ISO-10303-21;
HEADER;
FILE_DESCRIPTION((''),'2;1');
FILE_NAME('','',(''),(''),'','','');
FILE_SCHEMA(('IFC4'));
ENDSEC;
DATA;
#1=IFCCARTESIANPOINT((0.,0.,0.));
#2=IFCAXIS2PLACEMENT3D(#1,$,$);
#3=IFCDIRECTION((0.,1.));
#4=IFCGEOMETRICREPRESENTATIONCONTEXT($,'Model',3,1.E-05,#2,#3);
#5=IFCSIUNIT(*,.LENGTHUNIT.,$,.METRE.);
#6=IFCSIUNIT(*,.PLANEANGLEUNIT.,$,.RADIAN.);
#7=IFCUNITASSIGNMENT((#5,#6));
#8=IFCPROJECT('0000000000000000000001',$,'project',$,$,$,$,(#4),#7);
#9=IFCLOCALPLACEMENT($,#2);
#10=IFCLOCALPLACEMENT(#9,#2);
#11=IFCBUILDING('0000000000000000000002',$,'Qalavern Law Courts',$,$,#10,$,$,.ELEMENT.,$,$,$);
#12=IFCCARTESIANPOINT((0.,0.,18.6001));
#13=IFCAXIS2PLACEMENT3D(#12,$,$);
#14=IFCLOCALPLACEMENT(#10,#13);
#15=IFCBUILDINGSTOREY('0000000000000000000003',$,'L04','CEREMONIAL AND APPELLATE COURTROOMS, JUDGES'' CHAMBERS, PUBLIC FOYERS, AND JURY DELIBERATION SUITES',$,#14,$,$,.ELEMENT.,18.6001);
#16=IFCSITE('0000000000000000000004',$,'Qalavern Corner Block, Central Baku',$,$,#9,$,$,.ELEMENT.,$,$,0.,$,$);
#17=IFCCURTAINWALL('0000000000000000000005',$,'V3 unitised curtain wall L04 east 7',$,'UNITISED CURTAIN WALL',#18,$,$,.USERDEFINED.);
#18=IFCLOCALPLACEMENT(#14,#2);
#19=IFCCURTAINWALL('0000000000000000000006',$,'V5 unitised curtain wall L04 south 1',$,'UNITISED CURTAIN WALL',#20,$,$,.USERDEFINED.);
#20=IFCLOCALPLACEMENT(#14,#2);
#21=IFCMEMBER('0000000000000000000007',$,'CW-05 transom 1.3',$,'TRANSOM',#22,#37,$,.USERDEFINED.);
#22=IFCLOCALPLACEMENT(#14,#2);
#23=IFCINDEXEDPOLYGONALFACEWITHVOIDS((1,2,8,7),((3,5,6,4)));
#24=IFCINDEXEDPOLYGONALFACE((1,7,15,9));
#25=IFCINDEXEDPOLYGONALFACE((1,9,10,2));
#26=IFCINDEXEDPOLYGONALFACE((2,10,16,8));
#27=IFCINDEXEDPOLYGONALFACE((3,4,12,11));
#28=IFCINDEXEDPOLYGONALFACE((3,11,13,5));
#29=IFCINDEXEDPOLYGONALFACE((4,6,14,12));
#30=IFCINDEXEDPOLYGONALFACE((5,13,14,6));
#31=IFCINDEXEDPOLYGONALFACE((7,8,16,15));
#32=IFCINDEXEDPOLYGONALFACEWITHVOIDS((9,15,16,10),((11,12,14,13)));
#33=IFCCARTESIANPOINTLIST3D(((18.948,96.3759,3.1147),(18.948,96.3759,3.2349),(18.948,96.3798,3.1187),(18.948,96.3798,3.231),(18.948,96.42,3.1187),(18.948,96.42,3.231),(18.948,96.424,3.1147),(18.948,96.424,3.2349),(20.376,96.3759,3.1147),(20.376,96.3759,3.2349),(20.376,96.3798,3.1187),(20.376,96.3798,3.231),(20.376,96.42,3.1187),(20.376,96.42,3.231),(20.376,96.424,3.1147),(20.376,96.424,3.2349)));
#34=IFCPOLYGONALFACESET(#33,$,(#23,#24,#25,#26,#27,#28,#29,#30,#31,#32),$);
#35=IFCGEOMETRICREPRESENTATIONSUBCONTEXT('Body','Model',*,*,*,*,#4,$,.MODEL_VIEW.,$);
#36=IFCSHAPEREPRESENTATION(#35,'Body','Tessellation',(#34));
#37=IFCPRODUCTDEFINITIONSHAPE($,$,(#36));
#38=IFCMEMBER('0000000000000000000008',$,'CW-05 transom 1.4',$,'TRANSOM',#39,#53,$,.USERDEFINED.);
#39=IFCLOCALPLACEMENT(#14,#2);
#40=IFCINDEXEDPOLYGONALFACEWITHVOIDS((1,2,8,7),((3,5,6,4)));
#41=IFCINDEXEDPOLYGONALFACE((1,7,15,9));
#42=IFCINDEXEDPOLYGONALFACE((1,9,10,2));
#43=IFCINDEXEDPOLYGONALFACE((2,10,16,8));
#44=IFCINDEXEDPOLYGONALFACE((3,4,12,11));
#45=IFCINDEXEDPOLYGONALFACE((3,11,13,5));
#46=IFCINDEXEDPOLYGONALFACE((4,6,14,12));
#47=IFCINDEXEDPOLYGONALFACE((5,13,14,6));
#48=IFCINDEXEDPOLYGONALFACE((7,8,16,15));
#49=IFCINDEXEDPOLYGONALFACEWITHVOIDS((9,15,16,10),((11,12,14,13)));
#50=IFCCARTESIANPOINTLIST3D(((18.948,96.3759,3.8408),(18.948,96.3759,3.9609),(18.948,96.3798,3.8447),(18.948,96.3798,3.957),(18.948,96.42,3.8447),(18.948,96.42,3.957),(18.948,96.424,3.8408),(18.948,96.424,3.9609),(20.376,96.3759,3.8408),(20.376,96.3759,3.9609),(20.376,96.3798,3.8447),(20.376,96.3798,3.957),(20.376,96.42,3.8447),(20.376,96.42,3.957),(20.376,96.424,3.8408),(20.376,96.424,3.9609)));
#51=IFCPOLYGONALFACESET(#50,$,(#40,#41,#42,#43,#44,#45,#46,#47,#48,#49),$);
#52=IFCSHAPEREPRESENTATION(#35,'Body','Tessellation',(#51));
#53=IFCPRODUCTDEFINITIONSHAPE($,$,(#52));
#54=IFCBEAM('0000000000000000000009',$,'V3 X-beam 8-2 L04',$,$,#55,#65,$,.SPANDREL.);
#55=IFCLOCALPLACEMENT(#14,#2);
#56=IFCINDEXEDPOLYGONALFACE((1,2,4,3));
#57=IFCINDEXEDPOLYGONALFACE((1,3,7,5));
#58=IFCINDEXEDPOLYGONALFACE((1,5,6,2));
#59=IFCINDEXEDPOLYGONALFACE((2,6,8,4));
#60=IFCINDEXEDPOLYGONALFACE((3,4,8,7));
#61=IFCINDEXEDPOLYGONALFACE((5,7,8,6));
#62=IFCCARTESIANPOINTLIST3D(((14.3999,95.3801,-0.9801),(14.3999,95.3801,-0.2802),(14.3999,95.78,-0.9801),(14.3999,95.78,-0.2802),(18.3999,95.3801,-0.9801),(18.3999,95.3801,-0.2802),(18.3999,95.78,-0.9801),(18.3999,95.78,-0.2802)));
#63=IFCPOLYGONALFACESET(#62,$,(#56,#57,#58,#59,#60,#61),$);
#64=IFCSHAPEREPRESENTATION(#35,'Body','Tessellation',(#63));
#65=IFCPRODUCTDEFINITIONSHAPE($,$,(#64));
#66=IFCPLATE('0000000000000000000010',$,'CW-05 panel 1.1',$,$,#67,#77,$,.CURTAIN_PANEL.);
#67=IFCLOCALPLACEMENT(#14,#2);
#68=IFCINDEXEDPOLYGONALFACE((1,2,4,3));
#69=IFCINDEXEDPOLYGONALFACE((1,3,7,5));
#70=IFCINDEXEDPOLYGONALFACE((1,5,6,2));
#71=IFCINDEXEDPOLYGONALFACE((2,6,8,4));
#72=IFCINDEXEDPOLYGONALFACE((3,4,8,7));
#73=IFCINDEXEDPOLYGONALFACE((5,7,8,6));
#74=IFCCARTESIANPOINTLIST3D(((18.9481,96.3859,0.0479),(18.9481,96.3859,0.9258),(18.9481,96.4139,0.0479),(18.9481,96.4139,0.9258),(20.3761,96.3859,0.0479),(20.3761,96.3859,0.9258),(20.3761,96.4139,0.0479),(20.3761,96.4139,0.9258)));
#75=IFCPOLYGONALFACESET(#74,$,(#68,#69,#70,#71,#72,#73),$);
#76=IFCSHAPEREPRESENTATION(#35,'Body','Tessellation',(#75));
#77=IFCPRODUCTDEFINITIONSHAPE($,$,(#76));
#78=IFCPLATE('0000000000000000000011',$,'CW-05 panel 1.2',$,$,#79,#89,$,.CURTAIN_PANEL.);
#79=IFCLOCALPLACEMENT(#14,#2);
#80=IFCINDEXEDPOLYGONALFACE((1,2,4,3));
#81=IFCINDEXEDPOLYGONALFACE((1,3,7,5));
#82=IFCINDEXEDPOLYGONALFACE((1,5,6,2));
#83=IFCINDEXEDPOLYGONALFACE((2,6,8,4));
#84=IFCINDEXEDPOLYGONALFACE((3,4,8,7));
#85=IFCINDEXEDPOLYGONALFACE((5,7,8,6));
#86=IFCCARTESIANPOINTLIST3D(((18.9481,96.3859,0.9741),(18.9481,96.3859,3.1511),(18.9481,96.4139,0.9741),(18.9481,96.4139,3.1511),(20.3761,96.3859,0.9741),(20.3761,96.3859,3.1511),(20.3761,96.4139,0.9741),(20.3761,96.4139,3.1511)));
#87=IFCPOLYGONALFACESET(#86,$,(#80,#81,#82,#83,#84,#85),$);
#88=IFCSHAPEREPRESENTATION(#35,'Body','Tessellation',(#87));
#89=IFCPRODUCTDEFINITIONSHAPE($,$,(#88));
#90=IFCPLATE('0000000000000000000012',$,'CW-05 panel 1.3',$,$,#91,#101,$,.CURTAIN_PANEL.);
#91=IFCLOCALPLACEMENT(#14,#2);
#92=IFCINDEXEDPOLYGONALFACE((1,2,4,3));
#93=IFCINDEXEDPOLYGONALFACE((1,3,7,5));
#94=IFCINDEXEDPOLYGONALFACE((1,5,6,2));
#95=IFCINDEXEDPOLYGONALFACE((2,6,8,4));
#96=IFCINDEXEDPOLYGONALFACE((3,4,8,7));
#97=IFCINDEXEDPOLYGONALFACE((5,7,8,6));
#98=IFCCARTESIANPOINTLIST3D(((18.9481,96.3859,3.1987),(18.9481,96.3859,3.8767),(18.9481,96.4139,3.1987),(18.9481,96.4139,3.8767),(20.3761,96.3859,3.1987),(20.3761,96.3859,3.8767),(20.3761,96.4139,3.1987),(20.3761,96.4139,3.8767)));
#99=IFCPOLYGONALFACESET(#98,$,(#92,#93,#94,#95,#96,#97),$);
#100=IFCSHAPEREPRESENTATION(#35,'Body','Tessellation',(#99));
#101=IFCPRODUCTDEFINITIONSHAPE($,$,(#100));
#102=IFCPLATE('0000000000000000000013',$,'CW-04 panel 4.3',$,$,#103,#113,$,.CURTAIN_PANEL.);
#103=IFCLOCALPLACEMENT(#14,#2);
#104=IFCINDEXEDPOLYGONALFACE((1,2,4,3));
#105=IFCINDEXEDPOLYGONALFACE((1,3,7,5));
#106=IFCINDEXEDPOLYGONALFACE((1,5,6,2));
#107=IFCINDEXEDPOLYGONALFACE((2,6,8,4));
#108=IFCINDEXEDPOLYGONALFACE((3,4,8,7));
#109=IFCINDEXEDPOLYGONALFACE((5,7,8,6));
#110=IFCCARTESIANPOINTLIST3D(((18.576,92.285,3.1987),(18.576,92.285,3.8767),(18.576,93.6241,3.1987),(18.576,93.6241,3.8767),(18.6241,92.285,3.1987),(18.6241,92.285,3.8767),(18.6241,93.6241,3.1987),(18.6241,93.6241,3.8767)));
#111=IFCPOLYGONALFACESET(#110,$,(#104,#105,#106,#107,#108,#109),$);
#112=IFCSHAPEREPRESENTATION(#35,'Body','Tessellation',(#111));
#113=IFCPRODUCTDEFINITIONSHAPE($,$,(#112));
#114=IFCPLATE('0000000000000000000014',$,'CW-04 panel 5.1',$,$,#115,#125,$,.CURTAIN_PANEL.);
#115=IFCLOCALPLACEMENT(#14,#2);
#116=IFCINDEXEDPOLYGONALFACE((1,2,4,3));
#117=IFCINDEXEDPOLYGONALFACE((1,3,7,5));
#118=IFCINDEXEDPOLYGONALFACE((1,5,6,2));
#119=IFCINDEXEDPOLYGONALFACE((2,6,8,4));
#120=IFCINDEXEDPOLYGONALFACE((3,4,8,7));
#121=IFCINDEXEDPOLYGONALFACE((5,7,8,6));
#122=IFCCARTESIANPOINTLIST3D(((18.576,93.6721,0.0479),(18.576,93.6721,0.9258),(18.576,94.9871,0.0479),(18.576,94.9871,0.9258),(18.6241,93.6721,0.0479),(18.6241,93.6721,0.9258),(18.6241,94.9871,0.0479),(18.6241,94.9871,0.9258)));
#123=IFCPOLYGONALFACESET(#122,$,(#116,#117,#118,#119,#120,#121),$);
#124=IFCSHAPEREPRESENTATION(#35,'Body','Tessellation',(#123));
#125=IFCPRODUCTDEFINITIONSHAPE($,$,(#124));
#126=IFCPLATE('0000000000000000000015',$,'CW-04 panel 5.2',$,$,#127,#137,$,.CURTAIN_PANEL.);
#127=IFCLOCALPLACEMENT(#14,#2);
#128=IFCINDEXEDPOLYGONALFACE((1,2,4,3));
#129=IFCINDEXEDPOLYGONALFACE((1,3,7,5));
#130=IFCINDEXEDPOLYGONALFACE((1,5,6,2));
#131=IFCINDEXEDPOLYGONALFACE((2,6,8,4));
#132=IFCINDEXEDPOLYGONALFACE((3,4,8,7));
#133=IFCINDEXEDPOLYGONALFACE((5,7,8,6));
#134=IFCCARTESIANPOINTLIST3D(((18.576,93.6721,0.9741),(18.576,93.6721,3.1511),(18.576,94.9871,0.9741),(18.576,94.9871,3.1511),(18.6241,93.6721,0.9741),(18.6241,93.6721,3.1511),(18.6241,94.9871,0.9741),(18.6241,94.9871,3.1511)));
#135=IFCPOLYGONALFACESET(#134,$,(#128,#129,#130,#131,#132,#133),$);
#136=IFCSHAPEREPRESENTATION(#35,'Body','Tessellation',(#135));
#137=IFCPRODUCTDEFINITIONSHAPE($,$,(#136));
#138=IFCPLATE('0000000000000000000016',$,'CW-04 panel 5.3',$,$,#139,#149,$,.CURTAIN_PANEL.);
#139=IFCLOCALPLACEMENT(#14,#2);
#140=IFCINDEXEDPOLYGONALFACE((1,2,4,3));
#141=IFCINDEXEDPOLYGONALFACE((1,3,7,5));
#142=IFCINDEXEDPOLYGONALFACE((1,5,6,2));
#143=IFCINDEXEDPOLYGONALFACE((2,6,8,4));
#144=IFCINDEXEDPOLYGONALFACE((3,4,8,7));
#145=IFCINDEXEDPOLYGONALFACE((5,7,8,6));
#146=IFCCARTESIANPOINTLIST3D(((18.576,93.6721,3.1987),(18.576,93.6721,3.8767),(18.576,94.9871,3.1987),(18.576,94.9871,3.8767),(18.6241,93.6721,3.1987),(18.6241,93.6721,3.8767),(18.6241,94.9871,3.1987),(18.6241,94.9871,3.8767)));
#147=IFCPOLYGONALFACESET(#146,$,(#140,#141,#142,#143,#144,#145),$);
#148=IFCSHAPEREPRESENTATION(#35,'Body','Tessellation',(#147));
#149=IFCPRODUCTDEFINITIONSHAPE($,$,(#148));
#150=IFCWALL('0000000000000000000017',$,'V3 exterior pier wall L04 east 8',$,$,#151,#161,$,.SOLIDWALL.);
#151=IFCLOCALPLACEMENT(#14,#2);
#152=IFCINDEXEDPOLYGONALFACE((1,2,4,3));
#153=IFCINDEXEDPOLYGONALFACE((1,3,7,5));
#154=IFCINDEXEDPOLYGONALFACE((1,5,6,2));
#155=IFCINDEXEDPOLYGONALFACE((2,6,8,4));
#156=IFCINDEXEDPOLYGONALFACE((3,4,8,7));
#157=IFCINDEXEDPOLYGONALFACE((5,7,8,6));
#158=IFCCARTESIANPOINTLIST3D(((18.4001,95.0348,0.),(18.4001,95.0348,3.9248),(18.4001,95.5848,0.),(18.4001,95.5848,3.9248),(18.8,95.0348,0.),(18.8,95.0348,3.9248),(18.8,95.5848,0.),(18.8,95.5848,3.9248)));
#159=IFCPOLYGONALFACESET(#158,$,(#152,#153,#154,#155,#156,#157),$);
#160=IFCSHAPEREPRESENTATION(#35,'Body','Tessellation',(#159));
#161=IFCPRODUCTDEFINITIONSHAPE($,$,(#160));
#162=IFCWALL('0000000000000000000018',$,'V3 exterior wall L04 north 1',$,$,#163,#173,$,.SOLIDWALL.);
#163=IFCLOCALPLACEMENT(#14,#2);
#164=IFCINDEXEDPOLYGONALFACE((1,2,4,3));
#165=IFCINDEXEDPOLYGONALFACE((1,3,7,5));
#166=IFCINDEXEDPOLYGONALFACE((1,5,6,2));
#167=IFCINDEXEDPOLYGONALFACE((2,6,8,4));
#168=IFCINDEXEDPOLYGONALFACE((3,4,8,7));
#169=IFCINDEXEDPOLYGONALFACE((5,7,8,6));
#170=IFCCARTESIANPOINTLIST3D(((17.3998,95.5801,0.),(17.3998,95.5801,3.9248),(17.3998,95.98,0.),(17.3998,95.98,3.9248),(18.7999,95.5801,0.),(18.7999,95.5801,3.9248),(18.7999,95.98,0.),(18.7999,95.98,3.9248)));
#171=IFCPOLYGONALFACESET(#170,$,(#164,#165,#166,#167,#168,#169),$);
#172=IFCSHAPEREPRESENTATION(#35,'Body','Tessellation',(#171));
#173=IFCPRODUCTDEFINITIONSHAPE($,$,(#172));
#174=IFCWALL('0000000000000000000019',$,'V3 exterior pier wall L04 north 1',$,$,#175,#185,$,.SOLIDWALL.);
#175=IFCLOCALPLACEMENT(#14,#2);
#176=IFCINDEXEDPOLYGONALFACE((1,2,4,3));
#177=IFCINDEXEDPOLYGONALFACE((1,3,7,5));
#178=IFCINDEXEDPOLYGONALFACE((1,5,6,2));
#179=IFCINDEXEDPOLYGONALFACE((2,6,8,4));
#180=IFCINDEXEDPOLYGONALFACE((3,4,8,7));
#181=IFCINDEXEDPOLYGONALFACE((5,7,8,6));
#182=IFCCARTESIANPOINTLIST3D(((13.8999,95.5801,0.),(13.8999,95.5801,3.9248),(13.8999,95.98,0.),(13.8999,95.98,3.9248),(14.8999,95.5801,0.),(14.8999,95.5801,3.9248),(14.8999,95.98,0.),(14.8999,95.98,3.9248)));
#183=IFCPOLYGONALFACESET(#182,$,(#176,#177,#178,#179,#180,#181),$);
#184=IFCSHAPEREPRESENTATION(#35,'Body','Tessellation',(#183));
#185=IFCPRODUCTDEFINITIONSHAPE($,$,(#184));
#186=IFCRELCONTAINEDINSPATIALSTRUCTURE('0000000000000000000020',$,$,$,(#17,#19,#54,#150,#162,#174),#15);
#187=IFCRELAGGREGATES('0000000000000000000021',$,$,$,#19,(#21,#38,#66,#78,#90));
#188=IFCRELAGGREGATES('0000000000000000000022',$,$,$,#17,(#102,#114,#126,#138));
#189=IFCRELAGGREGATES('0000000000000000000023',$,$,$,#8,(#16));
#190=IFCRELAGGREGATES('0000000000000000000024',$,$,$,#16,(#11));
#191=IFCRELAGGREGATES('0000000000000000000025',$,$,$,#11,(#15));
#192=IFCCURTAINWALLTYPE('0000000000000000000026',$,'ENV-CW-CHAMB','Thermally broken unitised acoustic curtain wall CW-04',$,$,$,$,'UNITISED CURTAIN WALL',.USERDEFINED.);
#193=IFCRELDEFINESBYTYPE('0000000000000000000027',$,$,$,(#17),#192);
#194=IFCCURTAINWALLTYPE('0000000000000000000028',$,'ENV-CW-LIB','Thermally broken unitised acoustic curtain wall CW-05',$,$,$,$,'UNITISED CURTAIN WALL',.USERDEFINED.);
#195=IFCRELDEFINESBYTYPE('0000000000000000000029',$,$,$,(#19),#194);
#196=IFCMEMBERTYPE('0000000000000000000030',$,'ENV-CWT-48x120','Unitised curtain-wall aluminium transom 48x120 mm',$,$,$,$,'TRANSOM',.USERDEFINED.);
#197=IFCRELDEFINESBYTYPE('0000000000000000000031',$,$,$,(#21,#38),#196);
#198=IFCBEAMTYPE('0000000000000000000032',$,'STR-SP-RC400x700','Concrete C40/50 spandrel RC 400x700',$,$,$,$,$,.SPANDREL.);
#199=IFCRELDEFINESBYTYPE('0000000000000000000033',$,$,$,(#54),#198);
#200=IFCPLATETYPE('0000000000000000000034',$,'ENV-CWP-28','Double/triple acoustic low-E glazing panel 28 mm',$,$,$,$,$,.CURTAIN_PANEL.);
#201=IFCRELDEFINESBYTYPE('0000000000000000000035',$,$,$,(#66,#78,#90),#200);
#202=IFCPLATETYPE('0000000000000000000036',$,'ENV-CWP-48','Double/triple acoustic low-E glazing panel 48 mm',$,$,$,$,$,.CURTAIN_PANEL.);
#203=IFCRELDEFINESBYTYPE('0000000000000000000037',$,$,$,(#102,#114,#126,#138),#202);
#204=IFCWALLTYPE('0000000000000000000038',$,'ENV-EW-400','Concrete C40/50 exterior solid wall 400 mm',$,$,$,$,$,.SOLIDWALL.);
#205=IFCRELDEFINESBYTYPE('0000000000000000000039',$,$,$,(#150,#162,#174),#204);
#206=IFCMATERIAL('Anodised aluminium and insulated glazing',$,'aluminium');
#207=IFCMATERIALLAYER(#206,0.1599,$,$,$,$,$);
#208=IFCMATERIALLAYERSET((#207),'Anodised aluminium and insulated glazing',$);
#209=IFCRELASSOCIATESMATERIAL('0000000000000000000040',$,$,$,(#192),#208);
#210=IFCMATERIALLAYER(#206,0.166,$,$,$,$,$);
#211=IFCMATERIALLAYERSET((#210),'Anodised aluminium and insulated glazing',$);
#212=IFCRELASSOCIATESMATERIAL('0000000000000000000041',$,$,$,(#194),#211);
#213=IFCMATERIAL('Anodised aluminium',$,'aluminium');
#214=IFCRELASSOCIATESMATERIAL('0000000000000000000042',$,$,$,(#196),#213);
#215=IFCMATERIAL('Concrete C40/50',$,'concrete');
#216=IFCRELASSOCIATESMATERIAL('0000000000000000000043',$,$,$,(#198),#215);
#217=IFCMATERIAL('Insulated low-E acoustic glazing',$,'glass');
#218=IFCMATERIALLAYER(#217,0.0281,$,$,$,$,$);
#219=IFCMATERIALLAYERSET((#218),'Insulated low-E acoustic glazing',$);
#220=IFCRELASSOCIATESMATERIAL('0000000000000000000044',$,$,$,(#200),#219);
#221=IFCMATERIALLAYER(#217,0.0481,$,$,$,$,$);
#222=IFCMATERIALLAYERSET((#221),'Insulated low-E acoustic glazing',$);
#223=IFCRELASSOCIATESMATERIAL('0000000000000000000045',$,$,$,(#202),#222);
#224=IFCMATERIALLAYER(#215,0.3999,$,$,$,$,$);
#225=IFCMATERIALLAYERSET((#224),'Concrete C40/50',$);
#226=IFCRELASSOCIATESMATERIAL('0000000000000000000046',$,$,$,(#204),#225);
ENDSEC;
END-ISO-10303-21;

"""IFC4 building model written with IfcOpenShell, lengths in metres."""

from ifc_helpers import new_model, si_unit, direction, frame, frame_2d, origin, origin_2d, place, context, subcontext, project, spatial, rectangle, hollow_rectangle, extrude, material, layer, layer_set, material_profile, profile_set, type_object, element, aggregate, save


model = new_model("IFC4")

# Units and contexts
model_context = context("Model", 3, precision=1e-05, world=origin(), true_north=direction((0.0, 1.0)))
body_context = subcontext(model_context, "Body", "Model", "MODEL_VIEW")
ifc_project = project(units=[si_unit("LENGTHUNIT", "METRE"), si_unit("PLANEANGLEUNIT", "RADIAN")], contexts=[model_context])

# Site, building, storey
site_placement = place(None, origin())
site = spatial("IfcSite", under=ifc_project, at=site_placement, Name="Qalavern Corner Block, Central Baku", CompositionType="ELEMENT", RefElevation=0.0)
building_placement = place(site_placement, origin())
building = spatial("IfcBuilding", under=site, at=building_placement, Name="Qalavern Law Courts", CompositionType="ELEMENT")
storey_placement = place(building_placement, frame((0.0, 0.0, 18.6001)))
storey = spatial("IfcBuildingStorey", under=building, at=storey_placement, Name="L04", Description="CEREMONIAL AND APPELLATE COURTROOMS, JUDGES' CHAMBERS, PUBLIC FOYERS, AND JURY DELIBERATION SUITES", CompositionType="ELEMENT", Elevation=18.6001)

# Curtain wall
ifc_material_1 = material(Name="Anodised aluminium and insulated glazing", Category="aluminium")
ifc_layer_1 = layer(ifc_material_1, 0.1599)
ifc_layer_set_1 = layer_set([ifc_layer_1], Name="Anodised aluminium and insulated glazing")
curtain_wall_type_1 = type_object("IfcCurtainWallType", Name="ENV-CW-CHAMB", Description="Thermally broken unitised acoustic curtain wall CW-04", ElementType="UNITISED CURTAIN WALL", PredefinedType="USERDEFINED", material=ifc_layer_set_1)
curtain_wall_1_placement = place(storey_placement, origin())
curtain_wall_1 = element("IfcCurtainWall", 1, at=curtain_wall_1_placement, inside=storey, type_object=curtain_wall_type_1, Name="V3 unitised curtain wall L04 east 7", ObjectType="UNITISED CURTAIN WALL", PredefinedType="USERDEFINED")
ifc_material_2 = material(Name="Anodised aluminium", Category="aluminium")

# Curtain wall
ifc_layer_2 = layer(ifc_material_1, 0.166)
ifc_layer_set_2 = layer_set([ifc_layer_2], Name="Anodised aluminium and insulated glazing")
curtain_wall_type_2 = type_object("IfcCurtainWallType", Name="ENV-CW-LIB", Description="Thermally broken unitised acoustic curtain wall CW-05", ElementType="UNITISED CURTAIN WALL", PredefinedType="USERDEFINED", material=ifc_layer_set_2)
curtain_wall_2_placement = place(storey_placement, origin())
curtain_wall_2 = element("IfcCurtainWall", 2, at=curtain_wall_2_placement, inside=storey, type_object=curtain_wall_type_2, Name="V5 unitised curtain wall L04 south 1", ObjectType="UNITISED CURTAIN WALL", PredefinedType="USERDEFINED")

# Members
ifc_material_profile_1 = material_profile(ifc_material_2, hollow_rectangle(XDim=0.0481, YDim=0.1201, WallThickness=0.0039, at=origin_2d()), Name="ALU TRANSOM 48x120")
ifc_profile_set_1 = profile_set([ifc_material_profile_1], Name="Anodised aluminium")
member_type_1 = type_object("IfcMemberType", Name="ENV-CWT-48x120", Description="Unitised curtain-wall aluminium transom 48x120 mm", ElementType="TRANSOM", PredefinedType="USERDEFINED", material=ifc_profile_set_1)
member_1_placement = place(storey_placement, frame((18.948, 96.3999, 3.1748), z_axis=(1.0, 0.0, 0.0), x_axis=(0.0, 1.0, 0.0)))
member_1 = element("IfcMember", 3, at=member_1_placement, type_object=member_type_1, Name="CW-05 transom 1.3", ObjectType="TRANSOM", PredefinedType="USERDEFINED", context=body_context, shape_type="SweptSolid", body=[
    extrude(hollow_rectangle(XDim=0.0481, YDim=0.1201, WallThickness=0.0039, at=origin_2d()), origin(), (0.0, 0.0, 1.0), 1.428),
])
member_2_placement = place(storey_placement, frame((18.948, 96.3999, 3.9009), z_axis=(1.0, 0.0, 0.0), x_axis=(0.0, 1.0, 0.0)))
member_2 = element("IfcMember", 4, at=member_2_placement, type_object=member_type_1, Name="CW-05 transom 1.4", ObjectType="TRANSOM", PredefinedType="USERDEFINED", context=body_context, shape_type="SweptSolid", body=[
    extrude(hollow_rectangle(XDim=0.0481, YDim=0.1201, WallThickness=0.0039, at=origin_2d()), origin(), (0.0, 0.0, 1.0), 1.428),
])

# Beam
ifc_material_3 = material(Name="Concrete C40/50", Category="concrete")
ifc_material_profile_2 = material_profile(ifc_material_3, rectangle(XDim=0.3999, YDim=0.7, at=origin_2d()), Name="RC 400x700")
ifc_profile_set_2 = profile_set([ifc_material_profile_2], Name="Concrete C40/50")
beam_type = type_object("IfcBeamType", Name="STR-SP-RC400x700", Description="Concrete C40/50 spandrel RC 400x700", PredefinedType="SPANDREL", material=ifc_profile_set_2)
beam_placement = place(storey_placement, frame((14.3999, 95.5801, -0.6301), z_axis=(1.0, 0.0, 0.0), x_axis=(0.0, 1.0, 0.0)))
element("IfcBeam", 5, at=beam_placement, inside=storey, type_object=beam_type, Name="V3 X-beam 8-2 L04", PredefinedType="SPANDREL", context=body_context, shape_type="SweptSolid", body=[
    extrude(rectangle(XDim=0.3999, YDim=0.7, at=origin_2d()), origin(), (0.0, 0.0, 1.0), 4.0),
])

# Plates
ifc_material_4 = material(Name="Insulated low-E acoustic glazing", Category="glass")
ifc_layer_3 = layer(ifc_material_4, 0.0281)
ifc_layer_set_3 = layer_set([ifc_layer_3], Name="Insulated low-E acoustic glazing")
plate_type_1 = type_object("IfcPlateType", Name="ENV-CWP-28", Description="Double/triple acoustic low-E glazing panel 28 mm", PredefinedType="CURTAIN_PANEL", material=ifc_layer_set_3)
plate_1_placement = place(storey_placement, frame((19.6621, 96.3999, 0.0479), z_axis=(0.0, 0.0, 1.0), x_axis=(1.0, 0.0, 0.0)))
plate_1 = element("IfcPlate", 6, at=plate_1_placement, type_object=plate_type_1, Name="CW-05 panel 1.1", PredefinedType="CURTAIN_PANEL", context=body_context, shape_type="SweptSolid", body=[
    extrude(rectangle(XDim=1.428, YDim=0.0281, at=origin_2d()), origin(), (0.0, 0.0, 1.0), 0.8779),
])
plate_2_placement = place(storey_placement, frame((19.6621, 96.3999, 0.9741), z_axis=(0.0, 0.0, 1.0), x_axis=(1.0, 0.0, 0.0)))
plate_2 = element("IfcPlate", 7, at=plate_2_placement, type_object=plate_type_1, Name="CW-05 panel 1.2", PredefinedType="CURTAIN_PANEL", context=body_context, shape_type="SweptSolid", body=[
    extrude(rectangle(XDim=1.428, YDim=0.0281, at=origin_2d()), origin(), (0.0, 0.0, 1.0), 2.177),
])
plate_3_placement = place(storey_placement, frame((19.6621, 96.3999, 3.1987), z_axis=(0.0, 0.0, 1.0), x_axis=(1.0, 0.0, 0.0)))
plate_3 = element("IfcPlate", 8, at=plate_3_placement, type_object=plate_type_1, Name="CW-05 panel 1.3", PredefinedType="CURTAIN_PANEL", context=body_context, shape_type="SweptSolid", body=[
    extrude(rectangle(XDim=1.428, YDim=0.0281, at=origin_2d()), origin(), (0.0, 0.0, 1.0), 0.678),
])
aggregate(curtain_wall_2, [member_1, member_2, plate_1, plate_2, plate_3])
ifc_layer_4 = layer(ifc_material_4, 0.0481)
ifc_layer_set_4 = layer_set([ifc_layer_4], Name="Insulated low-E acoustic glazing")
plate_type_2 = type_object("IfcPlateType", Name="ENV-CWP-48", Description="Double/triple acoustic low-E glazing panel 48 mm", PredefinedType="CURTAIN_PANEL", material=ifc_layer_set_4)
plate_4_placement = place(storey_placement, frame((18.6001, 92.9546, 3.1987), z_axis=(0.0, 0.0, 1.0), x_axis=(0.0, 1.0, 0.0)))
plate_4 = element("IfcPlate", 9, at=plate_4_placement, type_object=plate_type_2, Name="CW-04 panel 4.3", PredefinedType="CURTAIN_PANEL", context=body_context, shape_type="SweptSolid", body=[
    extrude(rectangle(XDim=1.3391, YDim=0.0481, at=origin_2d()), origin(), (0.0, 0.0, 1.0), 0.678),
])
plate_5_placement = place(storey_placement, frame((18.6001, 94.3296, 0.0479), z_axis=(0.0, 0.0, 1.0), x_axis=(0.0, 1.0, 0.0)))
plate_5 = element("IfcPlate", 10, at=plate_5_placement, type_object=plate_type_2, Name="CW-04 panel 5.1", PredefinedType="CURTAIN_PANEL", context=body_context, shape_type="SweptSolid", body=[
    extrude(rectangle(XDim=1.3149, YDim=0.0481, at=origin_2d()), origin(), (0.0, 0.0, 1.0), 0.8779),
])
plate_6_placement = place(storey_placement, frame((18.6001, 94.3296, 0.9741), z_axis=(0.0, 0.0, 1.0), x_axis=(0.0, 1.0, 0.0)))
plate_6 = element("IfcPlate", 11, at=plate_6_placement, type_object=plate_type_2, Name="CW-04 panel 5.2", PredefinedType="CURTAIN_PANEL", context=body_context, shape_type="SweptSolid", body=[
    extrude(rectangle(XDim=1.3149, YDim=0.0481, at=origin_2d()), origin(), (0.0, 0.0, 1.0), 2.177),
])
plate_7_placement = place(storey_placement, frame((18.6001, 94.3296, 3.1987), z_axis=(0.0, 0.0, 1.0), x_axis=(0.0, 1.0, 0.0)))
plate_7 = element("IfcPlate", 12, at=plate_7_placement, type_object=plate_type_2, Name="CW-04 panel 5.3", PredefinedType="CURTAIN_PANEL", context=body_context, shape_type="SweptSolid", body=[
    extrude(rectangle(XDim=1.3149, YDim=0.0481, at=origin_2d()), origin(), (0.0, 0.0, 1.0), 0.678),
])
aggregate(curtain_wall_1, [plate_4, plate_5, plate_6, plate_7])

# Walls
ifc_layer_5 = layer(ifc_material_3, 0.3999)
ifc_layer_set_5 = layer_set([ifc_layer_5], Name="Concrete C40/50")
wall_type = type_object("IfcWallType", Name="ENV-EW-400", Description="Concrete C40/50 exterior solid wall 400 mm", PredefinedType="SOLIDWALL", material=ifc_layer_set_5)
wall_1_placement = place(storey_placement, frame((18.6001, 95.0349, 0.0), z_axis=(0.0, 0.0, 1.0), x_axis=(0.0, 1.0, 0.0)))
element("IfcWall", 13, at=wall_1_placement, inside=storey, type_object=wall_type, Name="V3 exterior pier wall L04 east 8", PredefinedType="SOLIDWALL", context=body_context, shape_type="SweptSolid", body=[
    extrude(rectangle(XDim=0.55, YDim=0.3999, at=frame_2d((0.2749, 0.0))), origin(), (0.0, 0.0, 1.0), 3.9248),
])
wall_2_placement = place(storey_placement, frame((18.8, 95.78, 0.0), z_axis=(0.0, 0.0, 1.0), x_axis=(-1.0, 0.0, 0.0)))
element("IfcWall", 14, at=wall_2_placement, inside=storey, type_object=wall_type, Name="V3 exterior wall L04 north 1", PredefinedType="SOLIDWALL", context=body_context, shape_type="SweptSolid", body=[
    extrude(rectangle(XDim=1.4001, YDim=0.3999, at=frame_2d((0.7002, 0.0))), origin(), (0.0, 0.0, 1.0), 3.9248),
])
wall_3_placement = place(storey_placement, frame((14.8999, 95.78, 0.0), z_axis=(0.0, 0.0, 1.0), x_axis=(-1.0, 0.0, 0.0)))
element("IfcWall", 15, at=wall_3_placement, inside=storey, type_object=wall_type, Name="V3 exterior pier wall L04 north 1", PredefinedType="SOLIDWALL", context=body_context, shape_type="SweptSolid", body=[
    extrude(rectangle(XDim=1.0, YDim=0.3999, at=frame_2d((0.5, 0.0))), origin(), (0.0, 0.0, 1.0), 3.9248),
])

save(model, "model.ifc")
